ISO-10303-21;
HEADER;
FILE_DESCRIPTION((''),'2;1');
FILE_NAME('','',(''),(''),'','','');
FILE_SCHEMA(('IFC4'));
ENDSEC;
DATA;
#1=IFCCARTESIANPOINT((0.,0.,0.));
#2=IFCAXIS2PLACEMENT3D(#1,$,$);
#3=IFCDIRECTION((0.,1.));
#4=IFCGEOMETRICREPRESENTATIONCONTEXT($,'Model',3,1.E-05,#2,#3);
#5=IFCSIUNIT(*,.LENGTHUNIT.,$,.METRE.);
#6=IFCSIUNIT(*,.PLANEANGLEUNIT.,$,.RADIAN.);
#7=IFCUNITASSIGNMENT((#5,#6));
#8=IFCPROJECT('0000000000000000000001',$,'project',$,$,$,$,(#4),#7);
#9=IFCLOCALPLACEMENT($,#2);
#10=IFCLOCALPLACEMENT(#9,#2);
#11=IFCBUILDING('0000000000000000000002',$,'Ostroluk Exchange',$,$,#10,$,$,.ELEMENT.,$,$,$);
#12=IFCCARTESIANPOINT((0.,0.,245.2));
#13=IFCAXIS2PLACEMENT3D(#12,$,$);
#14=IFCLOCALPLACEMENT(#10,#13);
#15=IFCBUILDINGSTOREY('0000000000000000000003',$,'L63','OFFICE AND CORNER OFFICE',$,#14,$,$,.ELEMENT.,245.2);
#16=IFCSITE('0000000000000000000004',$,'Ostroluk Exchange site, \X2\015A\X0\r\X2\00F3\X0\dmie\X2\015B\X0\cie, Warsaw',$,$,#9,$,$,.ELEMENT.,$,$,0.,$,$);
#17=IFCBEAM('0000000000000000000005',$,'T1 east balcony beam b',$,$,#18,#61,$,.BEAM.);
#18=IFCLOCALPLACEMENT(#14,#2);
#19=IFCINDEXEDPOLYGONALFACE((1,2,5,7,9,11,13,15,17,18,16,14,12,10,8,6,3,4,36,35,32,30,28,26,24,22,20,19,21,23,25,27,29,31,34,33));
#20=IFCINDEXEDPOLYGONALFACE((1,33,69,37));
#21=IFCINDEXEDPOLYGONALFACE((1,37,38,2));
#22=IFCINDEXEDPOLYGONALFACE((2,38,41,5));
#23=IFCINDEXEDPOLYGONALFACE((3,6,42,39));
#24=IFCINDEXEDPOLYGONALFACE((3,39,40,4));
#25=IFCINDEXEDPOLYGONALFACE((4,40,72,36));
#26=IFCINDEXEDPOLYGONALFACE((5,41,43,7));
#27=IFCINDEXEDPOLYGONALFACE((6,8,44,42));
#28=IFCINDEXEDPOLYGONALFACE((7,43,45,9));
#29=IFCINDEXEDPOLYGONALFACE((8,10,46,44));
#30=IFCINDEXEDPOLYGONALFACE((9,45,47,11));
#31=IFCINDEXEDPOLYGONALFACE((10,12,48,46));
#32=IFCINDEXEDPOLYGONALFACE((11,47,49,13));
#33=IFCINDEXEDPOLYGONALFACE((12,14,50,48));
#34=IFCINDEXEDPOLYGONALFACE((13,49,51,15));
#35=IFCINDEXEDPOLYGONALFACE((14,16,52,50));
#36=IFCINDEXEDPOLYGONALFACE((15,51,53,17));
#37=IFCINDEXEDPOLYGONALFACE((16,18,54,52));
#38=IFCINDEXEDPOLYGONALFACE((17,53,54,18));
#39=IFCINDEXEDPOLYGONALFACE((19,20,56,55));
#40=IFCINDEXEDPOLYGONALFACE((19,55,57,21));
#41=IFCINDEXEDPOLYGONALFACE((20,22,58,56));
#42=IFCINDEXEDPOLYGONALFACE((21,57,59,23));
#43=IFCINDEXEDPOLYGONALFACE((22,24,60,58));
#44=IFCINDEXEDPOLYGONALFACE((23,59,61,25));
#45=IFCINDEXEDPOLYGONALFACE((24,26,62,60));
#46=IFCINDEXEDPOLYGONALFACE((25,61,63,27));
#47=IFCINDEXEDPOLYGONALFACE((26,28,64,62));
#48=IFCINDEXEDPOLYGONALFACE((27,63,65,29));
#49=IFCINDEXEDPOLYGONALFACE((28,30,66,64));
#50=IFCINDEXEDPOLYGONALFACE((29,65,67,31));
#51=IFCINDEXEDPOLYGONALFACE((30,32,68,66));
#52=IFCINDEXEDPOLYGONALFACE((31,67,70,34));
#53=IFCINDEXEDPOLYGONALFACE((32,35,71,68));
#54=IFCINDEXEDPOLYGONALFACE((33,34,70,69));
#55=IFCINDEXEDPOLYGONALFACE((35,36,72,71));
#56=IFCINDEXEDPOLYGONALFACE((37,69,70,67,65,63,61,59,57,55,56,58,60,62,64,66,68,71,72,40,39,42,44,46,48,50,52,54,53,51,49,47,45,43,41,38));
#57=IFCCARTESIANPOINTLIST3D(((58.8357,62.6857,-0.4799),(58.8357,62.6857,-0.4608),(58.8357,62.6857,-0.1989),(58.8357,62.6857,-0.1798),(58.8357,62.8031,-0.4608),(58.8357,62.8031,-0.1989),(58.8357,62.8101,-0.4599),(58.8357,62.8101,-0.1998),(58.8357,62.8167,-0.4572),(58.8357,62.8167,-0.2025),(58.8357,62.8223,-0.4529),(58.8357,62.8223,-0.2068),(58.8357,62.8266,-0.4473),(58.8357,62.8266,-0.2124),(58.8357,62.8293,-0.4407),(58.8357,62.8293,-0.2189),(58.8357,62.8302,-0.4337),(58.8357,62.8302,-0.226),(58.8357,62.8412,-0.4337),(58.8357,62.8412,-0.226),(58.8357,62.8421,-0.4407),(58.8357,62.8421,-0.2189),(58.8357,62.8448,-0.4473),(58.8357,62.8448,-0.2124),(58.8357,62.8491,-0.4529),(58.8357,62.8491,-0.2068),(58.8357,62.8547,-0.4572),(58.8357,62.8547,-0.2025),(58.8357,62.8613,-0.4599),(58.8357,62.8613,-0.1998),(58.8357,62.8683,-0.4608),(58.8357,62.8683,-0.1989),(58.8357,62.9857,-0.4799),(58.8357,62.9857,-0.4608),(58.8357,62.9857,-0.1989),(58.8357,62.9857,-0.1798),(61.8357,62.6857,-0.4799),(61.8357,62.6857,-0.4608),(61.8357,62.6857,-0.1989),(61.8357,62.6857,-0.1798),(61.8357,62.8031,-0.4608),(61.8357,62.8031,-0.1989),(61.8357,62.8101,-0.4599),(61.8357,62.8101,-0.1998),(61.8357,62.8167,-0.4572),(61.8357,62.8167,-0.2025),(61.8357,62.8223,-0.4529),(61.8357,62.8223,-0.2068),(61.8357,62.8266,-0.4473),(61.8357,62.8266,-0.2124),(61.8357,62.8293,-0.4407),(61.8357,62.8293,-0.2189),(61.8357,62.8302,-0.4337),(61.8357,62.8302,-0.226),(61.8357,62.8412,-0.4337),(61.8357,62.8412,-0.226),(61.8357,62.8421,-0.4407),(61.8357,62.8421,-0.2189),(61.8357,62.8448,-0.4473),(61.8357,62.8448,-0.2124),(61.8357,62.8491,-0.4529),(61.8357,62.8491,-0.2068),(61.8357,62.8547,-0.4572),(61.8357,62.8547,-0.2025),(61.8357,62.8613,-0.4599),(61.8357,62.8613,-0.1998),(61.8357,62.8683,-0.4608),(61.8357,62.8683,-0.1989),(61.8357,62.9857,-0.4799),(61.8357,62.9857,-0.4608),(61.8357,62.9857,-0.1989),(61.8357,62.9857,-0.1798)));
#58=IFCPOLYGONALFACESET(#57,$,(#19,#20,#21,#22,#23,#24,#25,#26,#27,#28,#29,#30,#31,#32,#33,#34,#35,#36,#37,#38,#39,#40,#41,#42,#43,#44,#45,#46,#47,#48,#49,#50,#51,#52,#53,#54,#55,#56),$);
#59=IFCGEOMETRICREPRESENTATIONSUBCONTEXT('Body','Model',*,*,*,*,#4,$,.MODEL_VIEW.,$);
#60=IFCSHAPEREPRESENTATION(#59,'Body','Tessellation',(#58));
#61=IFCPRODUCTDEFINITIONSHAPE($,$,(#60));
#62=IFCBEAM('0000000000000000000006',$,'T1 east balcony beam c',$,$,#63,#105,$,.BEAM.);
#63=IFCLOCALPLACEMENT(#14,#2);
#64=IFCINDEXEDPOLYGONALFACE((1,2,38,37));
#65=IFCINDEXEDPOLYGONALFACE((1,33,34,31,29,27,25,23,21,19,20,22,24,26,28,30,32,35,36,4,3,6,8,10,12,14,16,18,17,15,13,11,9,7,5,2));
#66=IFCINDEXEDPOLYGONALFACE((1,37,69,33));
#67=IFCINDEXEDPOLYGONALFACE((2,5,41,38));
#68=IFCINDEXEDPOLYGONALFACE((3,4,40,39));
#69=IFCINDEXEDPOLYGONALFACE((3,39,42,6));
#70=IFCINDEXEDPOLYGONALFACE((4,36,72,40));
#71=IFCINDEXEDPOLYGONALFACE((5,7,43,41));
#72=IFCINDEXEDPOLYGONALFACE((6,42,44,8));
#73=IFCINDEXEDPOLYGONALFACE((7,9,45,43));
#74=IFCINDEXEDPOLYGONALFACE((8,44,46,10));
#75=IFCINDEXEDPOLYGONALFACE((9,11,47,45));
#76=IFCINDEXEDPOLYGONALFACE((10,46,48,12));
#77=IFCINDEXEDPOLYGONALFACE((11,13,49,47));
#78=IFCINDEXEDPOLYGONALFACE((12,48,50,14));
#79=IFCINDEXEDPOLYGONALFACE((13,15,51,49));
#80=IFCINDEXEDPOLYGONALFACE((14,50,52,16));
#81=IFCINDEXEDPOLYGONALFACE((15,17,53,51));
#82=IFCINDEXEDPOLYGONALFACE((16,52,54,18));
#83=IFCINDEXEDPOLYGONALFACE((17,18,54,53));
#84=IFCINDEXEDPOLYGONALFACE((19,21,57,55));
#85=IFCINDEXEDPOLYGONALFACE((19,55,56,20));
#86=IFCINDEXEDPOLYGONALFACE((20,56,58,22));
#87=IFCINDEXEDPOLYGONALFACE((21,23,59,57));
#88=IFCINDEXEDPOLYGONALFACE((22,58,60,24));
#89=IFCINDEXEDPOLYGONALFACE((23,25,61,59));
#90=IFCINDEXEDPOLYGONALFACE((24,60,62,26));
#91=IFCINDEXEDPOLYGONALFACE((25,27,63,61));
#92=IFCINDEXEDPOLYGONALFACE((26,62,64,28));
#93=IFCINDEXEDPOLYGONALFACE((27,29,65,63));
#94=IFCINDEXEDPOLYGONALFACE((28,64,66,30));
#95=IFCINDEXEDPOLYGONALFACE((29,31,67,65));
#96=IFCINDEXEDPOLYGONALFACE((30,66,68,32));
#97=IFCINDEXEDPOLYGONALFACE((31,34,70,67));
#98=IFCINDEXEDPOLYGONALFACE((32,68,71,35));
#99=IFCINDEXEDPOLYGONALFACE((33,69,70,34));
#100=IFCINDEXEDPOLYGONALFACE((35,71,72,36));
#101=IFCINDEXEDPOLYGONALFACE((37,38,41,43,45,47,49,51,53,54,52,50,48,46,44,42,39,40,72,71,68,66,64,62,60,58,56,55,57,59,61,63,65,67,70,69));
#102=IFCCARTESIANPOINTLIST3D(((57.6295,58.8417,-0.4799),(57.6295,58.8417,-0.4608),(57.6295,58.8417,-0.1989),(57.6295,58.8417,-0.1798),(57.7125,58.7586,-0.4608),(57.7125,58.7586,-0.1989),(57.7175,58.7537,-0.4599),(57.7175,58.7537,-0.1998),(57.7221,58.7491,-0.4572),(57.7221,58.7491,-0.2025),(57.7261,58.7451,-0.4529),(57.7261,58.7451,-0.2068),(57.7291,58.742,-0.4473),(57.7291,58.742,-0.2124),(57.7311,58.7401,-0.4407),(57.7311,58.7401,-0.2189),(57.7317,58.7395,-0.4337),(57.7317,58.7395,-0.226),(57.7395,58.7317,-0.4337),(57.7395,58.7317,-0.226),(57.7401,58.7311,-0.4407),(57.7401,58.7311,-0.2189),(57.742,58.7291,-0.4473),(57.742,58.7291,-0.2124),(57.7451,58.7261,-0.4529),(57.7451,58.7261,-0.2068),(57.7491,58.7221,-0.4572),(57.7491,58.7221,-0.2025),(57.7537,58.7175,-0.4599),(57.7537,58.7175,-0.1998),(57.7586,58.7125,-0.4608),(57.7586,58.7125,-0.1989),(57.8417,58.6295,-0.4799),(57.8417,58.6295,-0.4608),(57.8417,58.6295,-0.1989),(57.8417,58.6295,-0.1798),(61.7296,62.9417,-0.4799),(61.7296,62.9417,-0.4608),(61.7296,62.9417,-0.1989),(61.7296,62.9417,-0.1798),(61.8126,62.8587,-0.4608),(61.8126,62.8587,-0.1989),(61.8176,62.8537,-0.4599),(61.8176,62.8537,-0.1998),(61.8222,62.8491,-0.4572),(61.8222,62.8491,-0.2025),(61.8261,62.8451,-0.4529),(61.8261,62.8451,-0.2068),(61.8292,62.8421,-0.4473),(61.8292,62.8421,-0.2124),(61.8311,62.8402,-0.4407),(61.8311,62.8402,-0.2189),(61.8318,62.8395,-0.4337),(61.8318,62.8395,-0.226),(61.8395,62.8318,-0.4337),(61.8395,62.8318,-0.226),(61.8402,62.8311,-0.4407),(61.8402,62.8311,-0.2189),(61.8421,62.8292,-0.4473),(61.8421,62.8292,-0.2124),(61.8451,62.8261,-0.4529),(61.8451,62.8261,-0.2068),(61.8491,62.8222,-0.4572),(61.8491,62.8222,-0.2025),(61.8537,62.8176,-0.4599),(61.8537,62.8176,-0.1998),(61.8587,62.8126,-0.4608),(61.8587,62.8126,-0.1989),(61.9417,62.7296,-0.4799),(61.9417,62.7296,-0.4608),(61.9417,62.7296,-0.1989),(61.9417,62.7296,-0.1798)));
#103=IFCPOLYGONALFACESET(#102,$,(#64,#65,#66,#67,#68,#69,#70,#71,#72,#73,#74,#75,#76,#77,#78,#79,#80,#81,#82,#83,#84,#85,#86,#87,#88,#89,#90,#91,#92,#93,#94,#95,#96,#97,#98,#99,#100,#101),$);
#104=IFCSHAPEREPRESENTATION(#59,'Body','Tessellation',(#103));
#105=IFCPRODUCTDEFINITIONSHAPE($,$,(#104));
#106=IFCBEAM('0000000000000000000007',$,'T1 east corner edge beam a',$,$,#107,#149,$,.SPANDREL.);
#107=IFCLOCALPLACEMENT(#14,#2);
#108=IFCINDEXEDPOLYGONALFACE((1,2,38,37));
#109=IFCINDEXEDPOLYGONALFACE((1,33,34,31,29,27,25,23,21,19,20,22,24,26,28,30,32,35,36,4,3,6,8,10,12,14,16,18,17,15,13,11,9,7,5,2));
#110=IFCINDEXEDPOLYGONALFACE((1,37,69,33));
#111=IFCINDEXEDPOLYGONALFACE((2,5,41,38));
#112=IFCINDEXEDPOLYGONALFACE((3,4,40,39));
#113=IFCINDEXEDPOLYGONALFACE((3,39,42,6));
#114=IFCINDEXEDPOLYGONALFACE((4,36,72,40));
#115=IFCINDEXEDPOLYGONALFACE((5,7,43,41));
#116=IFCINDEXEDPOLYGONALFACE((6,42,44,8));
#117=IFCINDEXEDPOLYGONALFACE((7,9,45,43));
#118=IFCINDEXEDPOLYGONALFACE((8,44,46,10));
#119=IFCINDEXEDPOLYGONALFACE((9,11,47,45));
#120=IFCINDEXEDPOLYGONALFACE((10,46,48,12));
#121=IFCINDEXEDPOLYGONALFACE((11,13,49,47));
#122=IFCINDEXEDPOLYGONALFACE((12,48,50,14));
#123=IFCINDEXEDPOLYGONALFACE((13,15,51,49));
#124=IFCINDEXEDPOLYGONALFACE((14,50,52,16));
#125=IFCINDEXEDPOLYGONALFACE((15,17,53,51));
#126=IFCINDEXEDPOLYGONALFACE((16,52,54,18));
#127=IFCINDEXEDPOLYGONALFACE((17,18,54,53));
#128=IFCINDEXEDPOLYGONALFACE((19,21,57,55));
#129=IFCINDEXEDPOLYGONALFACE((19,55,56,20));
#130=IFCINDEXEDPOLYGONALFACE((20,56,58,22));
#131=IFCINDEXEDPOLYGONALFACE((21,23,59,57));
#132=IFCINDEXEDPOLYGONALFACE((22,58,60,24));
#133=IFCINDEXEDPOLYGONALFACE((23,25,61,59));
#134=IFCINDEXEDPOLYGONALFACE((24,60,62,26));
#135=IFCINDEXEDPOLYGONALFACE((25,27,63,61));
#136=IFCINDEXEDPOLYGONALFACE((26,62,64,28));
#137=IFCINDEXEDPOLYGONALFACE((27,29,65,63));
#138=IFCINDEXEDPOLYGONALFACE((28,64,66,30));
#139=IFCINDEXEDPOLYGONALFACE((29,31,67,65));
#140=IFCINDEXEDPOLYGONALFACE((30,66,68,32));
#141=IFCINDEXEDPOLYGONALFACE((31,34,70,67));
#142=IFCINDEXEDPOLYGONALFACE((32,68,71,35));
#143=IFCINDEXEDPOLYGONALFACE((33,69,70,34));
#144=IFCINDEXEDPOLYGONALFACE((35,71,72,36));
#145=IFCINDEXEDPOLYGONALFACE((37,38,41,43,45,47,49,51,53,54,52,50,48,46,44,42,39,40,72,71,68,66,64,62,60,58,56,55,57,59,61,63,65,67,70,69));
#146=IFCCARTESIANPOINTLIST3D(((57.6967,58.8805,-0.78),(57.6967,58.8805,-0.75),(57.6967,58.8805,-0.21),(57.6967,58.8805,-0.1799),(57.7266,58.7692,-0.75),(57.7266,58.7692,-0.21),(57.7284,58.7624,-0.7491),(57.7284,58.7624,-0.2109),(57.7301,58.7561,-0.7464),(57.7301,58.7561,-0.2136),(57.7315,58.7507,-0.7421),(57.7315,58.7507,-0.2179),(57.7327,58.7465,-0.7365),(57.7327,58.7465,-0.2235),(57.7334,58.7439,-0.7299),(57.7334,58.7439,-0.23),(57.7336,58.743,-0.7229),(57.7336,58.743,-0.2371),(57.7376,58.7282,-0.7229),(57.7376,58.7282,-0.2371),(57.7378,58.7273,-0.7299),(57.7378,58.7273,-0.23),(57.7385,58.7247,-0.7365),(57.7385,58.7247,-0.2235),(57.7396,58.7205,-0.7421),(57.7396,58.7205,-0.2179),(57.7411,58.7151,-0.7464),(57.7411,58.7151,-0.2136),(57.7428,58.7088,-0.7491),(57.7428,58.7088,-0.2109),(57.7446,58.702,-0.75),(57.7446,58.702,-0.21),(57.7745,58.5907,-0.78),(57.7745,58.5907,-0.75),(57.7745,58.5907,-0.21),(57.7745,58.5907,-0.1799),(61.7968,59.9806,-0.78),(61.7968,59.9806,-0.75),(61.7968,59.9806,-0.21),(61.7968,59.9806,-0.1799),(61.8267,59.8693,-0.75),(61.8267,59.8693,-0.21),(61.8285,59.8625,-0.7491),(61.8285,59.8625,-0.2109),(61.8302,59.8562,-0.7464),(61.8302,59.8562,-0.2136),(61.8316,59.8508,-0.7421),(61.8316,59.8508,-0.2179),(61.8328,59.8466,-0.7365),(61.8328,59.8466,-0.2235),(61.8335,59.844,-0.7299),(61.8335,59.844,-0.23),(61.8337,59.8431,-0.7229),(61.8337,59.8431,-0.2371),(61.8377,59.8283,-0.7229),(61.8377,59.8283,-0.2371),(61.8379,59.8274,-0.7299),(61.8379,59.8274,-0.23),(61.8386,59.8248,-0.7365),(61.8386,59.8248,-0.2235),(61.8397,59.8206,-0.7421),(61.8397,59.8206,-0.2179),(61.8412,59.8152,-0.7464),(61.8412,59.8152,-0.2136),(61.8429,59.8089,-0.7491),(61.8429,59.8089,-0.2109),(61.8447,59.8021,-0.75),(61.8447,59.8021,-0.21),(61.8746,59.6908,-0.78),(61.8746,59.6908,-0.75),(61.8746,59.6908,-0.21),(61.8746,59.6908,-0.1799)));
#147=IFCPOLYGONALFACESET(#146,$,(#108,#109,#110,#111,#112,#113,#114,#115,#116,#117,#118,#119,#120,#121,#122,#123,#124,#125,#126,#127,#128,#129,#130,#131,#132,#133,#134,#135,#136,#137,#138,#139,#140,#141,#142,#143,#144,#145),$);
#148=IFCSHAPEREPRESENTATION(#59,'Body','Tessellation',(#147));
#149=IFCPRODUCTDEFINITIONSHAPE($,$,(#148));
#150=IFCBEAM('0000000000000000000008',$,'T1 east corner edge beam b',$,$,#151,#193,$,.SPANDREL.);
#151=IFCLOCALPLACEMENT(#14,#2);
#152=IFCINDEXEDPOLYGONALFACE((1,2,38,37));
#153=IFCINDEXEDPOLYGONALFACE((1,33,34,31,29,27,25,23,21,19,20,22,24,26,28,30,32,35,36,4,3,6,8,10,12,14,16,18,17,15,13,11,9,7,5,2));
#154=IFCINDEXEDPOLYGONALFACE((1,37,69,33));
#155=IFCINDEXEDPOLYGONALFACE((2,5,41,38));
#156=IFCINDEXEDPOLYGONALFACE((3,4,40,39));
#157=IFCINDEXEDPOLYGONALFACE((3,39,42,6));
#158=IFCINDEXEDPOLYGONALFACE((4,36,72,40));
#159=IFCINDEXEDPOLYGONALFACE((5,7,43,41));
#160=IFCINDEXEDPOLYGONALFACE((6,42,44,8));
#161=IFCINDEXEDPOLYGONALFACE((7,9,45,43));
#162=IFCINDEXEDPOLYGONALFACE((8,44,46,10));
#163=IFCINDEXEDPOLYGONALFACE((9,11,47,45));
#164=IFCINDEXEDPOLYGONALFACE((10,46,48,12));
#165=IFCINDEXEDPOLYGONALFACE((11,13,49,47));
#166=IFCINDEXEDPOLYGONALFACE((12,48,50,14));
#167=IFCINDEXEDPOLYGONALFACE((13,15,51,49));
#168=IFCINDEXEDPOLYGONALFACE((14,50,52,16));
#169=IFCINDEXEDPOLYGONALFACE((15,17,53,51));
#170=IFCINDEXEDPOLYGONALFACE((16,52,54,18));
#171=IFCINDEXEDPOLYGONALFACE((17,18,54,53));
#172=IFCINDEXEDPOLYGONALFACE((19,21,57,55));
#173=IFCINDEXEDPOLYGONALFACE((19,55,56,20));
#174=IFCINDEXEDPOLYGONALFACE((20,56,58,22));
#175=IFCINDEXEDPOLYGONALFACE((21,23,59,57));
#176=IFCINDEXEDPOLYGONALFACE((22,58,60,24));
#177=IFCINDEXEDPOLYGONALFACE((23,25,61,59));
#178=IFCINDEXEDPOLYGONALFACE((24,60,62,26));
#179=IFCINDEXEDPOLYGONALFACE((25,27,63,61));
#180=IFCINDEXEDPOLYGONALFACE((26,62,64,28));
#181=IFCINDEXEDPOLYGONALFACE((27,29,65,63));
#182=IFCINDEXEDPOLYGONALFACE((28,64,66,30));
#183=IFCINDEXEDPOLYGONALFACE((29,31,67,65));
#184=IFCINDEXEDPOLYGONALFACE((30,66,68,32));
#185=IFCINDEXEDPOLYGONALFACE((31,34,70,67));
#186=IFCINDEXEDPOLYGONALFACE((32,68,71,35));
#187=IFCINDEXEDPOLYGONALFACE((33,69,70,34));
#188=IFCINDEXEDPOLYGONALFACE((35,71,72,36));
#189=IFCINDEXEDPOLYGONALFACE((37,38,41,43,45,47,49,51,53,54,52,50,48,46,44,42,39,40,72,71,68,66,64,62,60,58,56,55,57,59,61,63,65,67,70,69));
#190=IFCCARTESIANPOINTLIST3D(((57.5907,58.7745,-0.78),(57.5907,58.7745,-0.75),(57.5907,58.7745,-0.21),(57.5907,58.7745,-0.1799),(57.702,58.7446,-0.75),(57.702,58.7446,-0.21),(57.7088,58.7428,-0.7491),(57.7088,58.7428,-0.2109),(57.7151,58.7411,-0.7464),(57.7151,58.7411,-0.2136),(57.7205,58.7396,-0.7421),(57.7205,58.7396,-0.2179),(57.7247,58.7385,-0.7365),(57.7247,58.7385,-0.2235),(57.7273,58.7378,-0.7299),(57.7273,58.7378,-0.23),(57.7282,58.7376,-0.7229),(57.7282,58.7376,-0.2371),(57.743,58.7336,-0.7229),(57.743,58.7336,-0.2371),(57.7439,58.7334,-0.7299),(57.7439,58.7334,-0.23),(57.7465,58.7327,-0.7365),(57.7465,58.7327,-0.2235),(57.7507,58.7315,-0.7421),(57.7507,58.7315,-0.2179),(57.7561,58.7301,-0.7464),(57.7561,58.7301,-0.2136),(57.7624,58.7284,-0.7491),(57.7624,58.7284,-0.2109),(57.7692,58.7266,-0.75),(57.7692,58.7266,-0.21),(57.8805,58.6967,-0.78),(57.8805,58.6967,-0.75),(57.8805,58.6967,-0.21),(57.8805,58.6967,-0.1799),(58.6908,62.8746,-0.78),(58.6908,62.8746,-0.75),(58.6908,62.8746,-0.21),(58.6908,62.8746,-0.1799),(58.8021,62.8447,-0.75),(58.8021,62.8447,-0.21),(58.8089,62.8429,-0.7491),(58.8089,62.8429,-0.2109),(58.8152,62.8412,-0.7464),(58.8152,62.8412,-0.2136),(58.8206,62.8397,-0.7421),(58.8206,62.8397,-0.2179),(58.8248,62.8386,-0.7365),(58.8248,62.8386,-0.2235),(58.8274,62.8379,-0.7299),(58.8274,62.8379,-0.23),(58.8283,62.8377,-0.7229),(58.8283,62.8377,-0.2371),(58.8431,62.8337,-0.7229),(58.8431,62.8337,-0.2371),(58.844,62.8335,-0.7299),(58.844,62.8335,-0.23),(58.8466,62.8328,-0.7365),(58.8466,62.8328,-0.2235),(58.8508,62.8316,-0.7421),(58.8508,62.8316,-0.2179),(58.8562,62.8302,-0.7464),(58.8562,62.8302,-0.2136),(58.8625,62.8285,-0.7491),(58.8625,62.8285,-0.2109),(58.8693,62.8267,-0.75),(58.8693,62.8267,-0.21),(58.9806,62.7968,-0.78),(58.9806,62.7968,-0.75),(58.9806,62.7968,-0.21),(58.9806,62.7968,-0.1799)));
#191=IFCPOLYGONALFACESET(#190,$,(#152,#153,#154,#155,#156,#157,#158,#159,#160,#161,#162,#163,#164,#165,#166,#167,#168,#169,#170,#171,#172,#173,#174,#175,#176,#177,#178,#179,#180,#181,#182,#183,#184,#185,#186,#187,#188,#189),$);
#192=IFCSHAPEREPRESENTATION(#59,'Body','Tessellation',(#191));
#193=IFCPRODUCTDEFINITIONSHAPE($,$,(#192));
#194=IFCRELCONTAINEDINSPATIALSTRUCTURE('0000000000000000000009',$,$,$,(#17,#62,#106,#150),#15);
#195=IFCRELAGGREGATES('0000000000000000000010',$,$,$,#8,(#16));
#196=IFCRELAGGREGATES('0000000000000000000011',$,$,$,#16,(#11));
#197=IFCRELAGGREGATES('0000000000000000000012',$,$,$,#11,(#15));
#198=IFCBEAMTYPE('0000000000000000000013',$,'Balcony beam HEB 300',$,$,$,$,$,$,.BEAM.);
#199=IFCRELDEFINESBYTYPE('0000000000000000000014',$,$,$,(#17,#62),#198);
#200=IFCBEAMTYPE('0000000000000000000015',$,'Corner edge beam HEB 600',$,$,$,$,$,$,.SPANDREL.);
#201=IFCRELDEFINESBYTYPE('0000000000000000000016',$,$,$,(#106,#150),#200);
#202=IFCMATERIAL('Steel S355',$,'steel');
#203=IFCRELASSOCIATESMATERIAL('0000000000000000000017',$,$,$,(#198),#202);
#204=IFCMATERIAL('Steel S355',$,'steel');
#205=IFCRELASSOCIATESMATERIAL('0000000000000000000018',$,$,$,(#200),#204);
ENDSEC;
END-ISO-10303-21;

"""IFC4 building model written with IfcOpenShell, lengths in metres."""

from ifc_helpers import new_model, si_unit, direction, frame, origin, origin_2d, place, context, subcontext, project, spatial, i_section, extrude, material, material_profile, profile_set, type_object, element, save


model = new_model("IFC4")

# Units and contexts
model_context = context("Model", 3, precision=1e-05, world=origin(), true_north=direction((0.0, 1.0)))
body_context = subcontext(model_context, "Body", "Model", "MODEL_VIEW")
ifc_project = project(units=[si_unit("LENGTHUNIT", "METRE"), si_unit("PLANEANGLEUNIT", "RADIAN")], contexts=[model_context])

# Site, building, storey
site_placement = place(None, origin())
site = spatial("IfcSite", under=ifc_project, at=site_placement, Name="Ostroluk Exchange site, Śródmieście, Warsaw", CompositionType="ELEMENT", RefElevation=0.0)
building_placement = place(site_placement, origin())
building = spatial("IfcBuilding", under=site, at=building_placement, Name="Ostroluk Exchange", CompositionType="ELEMENT")
storey_placement = place(building_placement, frame((0.0, 0.0, 245.2)))
storey = spatial("IfcBuildingStorey", under=building, at=storey_placement, Name="L63", Description="OFFICE AND CORNER OFFICE", CompositionType="ELEMENT", Elevation=245.2)

# Beams
ifc_material_1 = material(Name="Steel S355", Category="steel")
ifc_material_profile_1 = material_profile(ifc_material_1, i_section(OverallWidth=0.3, OverallDepth=0.3, WebThickness=0.011, FlangeThickness=0.019, FilletRadius=0.0271, at=origin_2d()), Name="HEB 300")
ifc_profile_set_1 = profile_set([ifc_material_profile_1], Name="Steel S355")
beam_type_1 = type_object("IfcBeamType", Name="Balcony beam HEB 300", PredefinedType="BEAM", material=ifc_profile_set_1)
for number, where, z_axis, x_axis, name in (
    (1, (58.8357, 62.8357, -0.3298), (1.0, 0.0, 0.0), (0.0, 1.0, 0.0), "T1 east balcony beam b"),
):
    element("IfcBeam", number, at=place(storey_placement, frame(where, z_axis=z_axis, x_axis=x_axis)), inside=storey, type_object=beam_type_1, Name=name, PredefinedType="BEAM", context=body_context, shape_type="SweptSolid", body=[
        extrude(i_section(OverallWidth=0.3, OverallDepth=0.3, WebThickness=0.011, FlangeThickness=0.019, FilletRadius=0.0271, at=origin_2d()), origin(), (0.0, 0.0, 1.0), 3.0),
    ])
beam_1_placement = place(storey_placement, frame((57.7356, 58.7356, -0.3298), z_axis=(0.707107, 0.707107, 0.0), x_axis=(-0.707107, 0.707107, 0.0)))
element("IfcBeam", 2, at=beam_1_placement, inside=storey, type_object=beam_type_1, Name="T1 east balcony beam c", PredefinedType="BEAM", context=body_context, shape_type="SweptSolid", body=[
    extrude(i_section(OverallWidth=0.3, OverallDepth=0.3, WebThickness=0.011, FlangeThickness=0.019, FilletRadius=0.0271, at=origin_2d()), origin(), (0.0, 0.0, 1.0), 5.7983),
])
ifc_material_2 = material(Name="Steel S355", Category="steel")
ifc_material_profile_2 = material_profile(ifc_material_2, i_section(OverallWidth=0.3, OverallDepth=0.6001, WebThickness=0.0154, FlangeThickness=0.03, FilletRadius=0.0271, at=origin_2d()), Name="HEB 600")
ifc_profile_set_2 = profile_set([ifc_material_profile_2], Name="Steel S355")
beam_type_2 = type_object("IfcBeamType", Name="Corner edge beam HEB 600", PredefinedType="SPANDREL", material=ifc_profile_set_2)
for number, where, z_axis, x_axis, name in (
    (3, (57.7356, 58.7356, -0.48), (0.965839, 0.259144, 0.0), (-0.259144, 0.965839, 0.0), "T1 east corner edge beam a"),
    (4, (57.7356, 58.7356, -0.48), (0.259144, 0.965839, 0.0), (-0.965839, 0.259144, 0.0), "T1 east corner edge beam b"),
):
    element("IfcBeam", number, at=place(storey_placement, frame(where, z_axis=z_axis, x_axis=x_axis)), inside=storey, type_object=beam_type_2, Name=name, PredefinedType="SPANDREL", context=body_context, shape_type="SweptSolid", body=[
        extrude(i_section(OverallWidth=0.3, OverallDepth=0.6001, WebThickness=0.0154, FlangeThickness=0.03, FilletRadius=0.0271, at=origin_2d()), origin(), (0.0, 0.0, 1.0), 4.2451),
    ])

save(model, "model.ifc")
